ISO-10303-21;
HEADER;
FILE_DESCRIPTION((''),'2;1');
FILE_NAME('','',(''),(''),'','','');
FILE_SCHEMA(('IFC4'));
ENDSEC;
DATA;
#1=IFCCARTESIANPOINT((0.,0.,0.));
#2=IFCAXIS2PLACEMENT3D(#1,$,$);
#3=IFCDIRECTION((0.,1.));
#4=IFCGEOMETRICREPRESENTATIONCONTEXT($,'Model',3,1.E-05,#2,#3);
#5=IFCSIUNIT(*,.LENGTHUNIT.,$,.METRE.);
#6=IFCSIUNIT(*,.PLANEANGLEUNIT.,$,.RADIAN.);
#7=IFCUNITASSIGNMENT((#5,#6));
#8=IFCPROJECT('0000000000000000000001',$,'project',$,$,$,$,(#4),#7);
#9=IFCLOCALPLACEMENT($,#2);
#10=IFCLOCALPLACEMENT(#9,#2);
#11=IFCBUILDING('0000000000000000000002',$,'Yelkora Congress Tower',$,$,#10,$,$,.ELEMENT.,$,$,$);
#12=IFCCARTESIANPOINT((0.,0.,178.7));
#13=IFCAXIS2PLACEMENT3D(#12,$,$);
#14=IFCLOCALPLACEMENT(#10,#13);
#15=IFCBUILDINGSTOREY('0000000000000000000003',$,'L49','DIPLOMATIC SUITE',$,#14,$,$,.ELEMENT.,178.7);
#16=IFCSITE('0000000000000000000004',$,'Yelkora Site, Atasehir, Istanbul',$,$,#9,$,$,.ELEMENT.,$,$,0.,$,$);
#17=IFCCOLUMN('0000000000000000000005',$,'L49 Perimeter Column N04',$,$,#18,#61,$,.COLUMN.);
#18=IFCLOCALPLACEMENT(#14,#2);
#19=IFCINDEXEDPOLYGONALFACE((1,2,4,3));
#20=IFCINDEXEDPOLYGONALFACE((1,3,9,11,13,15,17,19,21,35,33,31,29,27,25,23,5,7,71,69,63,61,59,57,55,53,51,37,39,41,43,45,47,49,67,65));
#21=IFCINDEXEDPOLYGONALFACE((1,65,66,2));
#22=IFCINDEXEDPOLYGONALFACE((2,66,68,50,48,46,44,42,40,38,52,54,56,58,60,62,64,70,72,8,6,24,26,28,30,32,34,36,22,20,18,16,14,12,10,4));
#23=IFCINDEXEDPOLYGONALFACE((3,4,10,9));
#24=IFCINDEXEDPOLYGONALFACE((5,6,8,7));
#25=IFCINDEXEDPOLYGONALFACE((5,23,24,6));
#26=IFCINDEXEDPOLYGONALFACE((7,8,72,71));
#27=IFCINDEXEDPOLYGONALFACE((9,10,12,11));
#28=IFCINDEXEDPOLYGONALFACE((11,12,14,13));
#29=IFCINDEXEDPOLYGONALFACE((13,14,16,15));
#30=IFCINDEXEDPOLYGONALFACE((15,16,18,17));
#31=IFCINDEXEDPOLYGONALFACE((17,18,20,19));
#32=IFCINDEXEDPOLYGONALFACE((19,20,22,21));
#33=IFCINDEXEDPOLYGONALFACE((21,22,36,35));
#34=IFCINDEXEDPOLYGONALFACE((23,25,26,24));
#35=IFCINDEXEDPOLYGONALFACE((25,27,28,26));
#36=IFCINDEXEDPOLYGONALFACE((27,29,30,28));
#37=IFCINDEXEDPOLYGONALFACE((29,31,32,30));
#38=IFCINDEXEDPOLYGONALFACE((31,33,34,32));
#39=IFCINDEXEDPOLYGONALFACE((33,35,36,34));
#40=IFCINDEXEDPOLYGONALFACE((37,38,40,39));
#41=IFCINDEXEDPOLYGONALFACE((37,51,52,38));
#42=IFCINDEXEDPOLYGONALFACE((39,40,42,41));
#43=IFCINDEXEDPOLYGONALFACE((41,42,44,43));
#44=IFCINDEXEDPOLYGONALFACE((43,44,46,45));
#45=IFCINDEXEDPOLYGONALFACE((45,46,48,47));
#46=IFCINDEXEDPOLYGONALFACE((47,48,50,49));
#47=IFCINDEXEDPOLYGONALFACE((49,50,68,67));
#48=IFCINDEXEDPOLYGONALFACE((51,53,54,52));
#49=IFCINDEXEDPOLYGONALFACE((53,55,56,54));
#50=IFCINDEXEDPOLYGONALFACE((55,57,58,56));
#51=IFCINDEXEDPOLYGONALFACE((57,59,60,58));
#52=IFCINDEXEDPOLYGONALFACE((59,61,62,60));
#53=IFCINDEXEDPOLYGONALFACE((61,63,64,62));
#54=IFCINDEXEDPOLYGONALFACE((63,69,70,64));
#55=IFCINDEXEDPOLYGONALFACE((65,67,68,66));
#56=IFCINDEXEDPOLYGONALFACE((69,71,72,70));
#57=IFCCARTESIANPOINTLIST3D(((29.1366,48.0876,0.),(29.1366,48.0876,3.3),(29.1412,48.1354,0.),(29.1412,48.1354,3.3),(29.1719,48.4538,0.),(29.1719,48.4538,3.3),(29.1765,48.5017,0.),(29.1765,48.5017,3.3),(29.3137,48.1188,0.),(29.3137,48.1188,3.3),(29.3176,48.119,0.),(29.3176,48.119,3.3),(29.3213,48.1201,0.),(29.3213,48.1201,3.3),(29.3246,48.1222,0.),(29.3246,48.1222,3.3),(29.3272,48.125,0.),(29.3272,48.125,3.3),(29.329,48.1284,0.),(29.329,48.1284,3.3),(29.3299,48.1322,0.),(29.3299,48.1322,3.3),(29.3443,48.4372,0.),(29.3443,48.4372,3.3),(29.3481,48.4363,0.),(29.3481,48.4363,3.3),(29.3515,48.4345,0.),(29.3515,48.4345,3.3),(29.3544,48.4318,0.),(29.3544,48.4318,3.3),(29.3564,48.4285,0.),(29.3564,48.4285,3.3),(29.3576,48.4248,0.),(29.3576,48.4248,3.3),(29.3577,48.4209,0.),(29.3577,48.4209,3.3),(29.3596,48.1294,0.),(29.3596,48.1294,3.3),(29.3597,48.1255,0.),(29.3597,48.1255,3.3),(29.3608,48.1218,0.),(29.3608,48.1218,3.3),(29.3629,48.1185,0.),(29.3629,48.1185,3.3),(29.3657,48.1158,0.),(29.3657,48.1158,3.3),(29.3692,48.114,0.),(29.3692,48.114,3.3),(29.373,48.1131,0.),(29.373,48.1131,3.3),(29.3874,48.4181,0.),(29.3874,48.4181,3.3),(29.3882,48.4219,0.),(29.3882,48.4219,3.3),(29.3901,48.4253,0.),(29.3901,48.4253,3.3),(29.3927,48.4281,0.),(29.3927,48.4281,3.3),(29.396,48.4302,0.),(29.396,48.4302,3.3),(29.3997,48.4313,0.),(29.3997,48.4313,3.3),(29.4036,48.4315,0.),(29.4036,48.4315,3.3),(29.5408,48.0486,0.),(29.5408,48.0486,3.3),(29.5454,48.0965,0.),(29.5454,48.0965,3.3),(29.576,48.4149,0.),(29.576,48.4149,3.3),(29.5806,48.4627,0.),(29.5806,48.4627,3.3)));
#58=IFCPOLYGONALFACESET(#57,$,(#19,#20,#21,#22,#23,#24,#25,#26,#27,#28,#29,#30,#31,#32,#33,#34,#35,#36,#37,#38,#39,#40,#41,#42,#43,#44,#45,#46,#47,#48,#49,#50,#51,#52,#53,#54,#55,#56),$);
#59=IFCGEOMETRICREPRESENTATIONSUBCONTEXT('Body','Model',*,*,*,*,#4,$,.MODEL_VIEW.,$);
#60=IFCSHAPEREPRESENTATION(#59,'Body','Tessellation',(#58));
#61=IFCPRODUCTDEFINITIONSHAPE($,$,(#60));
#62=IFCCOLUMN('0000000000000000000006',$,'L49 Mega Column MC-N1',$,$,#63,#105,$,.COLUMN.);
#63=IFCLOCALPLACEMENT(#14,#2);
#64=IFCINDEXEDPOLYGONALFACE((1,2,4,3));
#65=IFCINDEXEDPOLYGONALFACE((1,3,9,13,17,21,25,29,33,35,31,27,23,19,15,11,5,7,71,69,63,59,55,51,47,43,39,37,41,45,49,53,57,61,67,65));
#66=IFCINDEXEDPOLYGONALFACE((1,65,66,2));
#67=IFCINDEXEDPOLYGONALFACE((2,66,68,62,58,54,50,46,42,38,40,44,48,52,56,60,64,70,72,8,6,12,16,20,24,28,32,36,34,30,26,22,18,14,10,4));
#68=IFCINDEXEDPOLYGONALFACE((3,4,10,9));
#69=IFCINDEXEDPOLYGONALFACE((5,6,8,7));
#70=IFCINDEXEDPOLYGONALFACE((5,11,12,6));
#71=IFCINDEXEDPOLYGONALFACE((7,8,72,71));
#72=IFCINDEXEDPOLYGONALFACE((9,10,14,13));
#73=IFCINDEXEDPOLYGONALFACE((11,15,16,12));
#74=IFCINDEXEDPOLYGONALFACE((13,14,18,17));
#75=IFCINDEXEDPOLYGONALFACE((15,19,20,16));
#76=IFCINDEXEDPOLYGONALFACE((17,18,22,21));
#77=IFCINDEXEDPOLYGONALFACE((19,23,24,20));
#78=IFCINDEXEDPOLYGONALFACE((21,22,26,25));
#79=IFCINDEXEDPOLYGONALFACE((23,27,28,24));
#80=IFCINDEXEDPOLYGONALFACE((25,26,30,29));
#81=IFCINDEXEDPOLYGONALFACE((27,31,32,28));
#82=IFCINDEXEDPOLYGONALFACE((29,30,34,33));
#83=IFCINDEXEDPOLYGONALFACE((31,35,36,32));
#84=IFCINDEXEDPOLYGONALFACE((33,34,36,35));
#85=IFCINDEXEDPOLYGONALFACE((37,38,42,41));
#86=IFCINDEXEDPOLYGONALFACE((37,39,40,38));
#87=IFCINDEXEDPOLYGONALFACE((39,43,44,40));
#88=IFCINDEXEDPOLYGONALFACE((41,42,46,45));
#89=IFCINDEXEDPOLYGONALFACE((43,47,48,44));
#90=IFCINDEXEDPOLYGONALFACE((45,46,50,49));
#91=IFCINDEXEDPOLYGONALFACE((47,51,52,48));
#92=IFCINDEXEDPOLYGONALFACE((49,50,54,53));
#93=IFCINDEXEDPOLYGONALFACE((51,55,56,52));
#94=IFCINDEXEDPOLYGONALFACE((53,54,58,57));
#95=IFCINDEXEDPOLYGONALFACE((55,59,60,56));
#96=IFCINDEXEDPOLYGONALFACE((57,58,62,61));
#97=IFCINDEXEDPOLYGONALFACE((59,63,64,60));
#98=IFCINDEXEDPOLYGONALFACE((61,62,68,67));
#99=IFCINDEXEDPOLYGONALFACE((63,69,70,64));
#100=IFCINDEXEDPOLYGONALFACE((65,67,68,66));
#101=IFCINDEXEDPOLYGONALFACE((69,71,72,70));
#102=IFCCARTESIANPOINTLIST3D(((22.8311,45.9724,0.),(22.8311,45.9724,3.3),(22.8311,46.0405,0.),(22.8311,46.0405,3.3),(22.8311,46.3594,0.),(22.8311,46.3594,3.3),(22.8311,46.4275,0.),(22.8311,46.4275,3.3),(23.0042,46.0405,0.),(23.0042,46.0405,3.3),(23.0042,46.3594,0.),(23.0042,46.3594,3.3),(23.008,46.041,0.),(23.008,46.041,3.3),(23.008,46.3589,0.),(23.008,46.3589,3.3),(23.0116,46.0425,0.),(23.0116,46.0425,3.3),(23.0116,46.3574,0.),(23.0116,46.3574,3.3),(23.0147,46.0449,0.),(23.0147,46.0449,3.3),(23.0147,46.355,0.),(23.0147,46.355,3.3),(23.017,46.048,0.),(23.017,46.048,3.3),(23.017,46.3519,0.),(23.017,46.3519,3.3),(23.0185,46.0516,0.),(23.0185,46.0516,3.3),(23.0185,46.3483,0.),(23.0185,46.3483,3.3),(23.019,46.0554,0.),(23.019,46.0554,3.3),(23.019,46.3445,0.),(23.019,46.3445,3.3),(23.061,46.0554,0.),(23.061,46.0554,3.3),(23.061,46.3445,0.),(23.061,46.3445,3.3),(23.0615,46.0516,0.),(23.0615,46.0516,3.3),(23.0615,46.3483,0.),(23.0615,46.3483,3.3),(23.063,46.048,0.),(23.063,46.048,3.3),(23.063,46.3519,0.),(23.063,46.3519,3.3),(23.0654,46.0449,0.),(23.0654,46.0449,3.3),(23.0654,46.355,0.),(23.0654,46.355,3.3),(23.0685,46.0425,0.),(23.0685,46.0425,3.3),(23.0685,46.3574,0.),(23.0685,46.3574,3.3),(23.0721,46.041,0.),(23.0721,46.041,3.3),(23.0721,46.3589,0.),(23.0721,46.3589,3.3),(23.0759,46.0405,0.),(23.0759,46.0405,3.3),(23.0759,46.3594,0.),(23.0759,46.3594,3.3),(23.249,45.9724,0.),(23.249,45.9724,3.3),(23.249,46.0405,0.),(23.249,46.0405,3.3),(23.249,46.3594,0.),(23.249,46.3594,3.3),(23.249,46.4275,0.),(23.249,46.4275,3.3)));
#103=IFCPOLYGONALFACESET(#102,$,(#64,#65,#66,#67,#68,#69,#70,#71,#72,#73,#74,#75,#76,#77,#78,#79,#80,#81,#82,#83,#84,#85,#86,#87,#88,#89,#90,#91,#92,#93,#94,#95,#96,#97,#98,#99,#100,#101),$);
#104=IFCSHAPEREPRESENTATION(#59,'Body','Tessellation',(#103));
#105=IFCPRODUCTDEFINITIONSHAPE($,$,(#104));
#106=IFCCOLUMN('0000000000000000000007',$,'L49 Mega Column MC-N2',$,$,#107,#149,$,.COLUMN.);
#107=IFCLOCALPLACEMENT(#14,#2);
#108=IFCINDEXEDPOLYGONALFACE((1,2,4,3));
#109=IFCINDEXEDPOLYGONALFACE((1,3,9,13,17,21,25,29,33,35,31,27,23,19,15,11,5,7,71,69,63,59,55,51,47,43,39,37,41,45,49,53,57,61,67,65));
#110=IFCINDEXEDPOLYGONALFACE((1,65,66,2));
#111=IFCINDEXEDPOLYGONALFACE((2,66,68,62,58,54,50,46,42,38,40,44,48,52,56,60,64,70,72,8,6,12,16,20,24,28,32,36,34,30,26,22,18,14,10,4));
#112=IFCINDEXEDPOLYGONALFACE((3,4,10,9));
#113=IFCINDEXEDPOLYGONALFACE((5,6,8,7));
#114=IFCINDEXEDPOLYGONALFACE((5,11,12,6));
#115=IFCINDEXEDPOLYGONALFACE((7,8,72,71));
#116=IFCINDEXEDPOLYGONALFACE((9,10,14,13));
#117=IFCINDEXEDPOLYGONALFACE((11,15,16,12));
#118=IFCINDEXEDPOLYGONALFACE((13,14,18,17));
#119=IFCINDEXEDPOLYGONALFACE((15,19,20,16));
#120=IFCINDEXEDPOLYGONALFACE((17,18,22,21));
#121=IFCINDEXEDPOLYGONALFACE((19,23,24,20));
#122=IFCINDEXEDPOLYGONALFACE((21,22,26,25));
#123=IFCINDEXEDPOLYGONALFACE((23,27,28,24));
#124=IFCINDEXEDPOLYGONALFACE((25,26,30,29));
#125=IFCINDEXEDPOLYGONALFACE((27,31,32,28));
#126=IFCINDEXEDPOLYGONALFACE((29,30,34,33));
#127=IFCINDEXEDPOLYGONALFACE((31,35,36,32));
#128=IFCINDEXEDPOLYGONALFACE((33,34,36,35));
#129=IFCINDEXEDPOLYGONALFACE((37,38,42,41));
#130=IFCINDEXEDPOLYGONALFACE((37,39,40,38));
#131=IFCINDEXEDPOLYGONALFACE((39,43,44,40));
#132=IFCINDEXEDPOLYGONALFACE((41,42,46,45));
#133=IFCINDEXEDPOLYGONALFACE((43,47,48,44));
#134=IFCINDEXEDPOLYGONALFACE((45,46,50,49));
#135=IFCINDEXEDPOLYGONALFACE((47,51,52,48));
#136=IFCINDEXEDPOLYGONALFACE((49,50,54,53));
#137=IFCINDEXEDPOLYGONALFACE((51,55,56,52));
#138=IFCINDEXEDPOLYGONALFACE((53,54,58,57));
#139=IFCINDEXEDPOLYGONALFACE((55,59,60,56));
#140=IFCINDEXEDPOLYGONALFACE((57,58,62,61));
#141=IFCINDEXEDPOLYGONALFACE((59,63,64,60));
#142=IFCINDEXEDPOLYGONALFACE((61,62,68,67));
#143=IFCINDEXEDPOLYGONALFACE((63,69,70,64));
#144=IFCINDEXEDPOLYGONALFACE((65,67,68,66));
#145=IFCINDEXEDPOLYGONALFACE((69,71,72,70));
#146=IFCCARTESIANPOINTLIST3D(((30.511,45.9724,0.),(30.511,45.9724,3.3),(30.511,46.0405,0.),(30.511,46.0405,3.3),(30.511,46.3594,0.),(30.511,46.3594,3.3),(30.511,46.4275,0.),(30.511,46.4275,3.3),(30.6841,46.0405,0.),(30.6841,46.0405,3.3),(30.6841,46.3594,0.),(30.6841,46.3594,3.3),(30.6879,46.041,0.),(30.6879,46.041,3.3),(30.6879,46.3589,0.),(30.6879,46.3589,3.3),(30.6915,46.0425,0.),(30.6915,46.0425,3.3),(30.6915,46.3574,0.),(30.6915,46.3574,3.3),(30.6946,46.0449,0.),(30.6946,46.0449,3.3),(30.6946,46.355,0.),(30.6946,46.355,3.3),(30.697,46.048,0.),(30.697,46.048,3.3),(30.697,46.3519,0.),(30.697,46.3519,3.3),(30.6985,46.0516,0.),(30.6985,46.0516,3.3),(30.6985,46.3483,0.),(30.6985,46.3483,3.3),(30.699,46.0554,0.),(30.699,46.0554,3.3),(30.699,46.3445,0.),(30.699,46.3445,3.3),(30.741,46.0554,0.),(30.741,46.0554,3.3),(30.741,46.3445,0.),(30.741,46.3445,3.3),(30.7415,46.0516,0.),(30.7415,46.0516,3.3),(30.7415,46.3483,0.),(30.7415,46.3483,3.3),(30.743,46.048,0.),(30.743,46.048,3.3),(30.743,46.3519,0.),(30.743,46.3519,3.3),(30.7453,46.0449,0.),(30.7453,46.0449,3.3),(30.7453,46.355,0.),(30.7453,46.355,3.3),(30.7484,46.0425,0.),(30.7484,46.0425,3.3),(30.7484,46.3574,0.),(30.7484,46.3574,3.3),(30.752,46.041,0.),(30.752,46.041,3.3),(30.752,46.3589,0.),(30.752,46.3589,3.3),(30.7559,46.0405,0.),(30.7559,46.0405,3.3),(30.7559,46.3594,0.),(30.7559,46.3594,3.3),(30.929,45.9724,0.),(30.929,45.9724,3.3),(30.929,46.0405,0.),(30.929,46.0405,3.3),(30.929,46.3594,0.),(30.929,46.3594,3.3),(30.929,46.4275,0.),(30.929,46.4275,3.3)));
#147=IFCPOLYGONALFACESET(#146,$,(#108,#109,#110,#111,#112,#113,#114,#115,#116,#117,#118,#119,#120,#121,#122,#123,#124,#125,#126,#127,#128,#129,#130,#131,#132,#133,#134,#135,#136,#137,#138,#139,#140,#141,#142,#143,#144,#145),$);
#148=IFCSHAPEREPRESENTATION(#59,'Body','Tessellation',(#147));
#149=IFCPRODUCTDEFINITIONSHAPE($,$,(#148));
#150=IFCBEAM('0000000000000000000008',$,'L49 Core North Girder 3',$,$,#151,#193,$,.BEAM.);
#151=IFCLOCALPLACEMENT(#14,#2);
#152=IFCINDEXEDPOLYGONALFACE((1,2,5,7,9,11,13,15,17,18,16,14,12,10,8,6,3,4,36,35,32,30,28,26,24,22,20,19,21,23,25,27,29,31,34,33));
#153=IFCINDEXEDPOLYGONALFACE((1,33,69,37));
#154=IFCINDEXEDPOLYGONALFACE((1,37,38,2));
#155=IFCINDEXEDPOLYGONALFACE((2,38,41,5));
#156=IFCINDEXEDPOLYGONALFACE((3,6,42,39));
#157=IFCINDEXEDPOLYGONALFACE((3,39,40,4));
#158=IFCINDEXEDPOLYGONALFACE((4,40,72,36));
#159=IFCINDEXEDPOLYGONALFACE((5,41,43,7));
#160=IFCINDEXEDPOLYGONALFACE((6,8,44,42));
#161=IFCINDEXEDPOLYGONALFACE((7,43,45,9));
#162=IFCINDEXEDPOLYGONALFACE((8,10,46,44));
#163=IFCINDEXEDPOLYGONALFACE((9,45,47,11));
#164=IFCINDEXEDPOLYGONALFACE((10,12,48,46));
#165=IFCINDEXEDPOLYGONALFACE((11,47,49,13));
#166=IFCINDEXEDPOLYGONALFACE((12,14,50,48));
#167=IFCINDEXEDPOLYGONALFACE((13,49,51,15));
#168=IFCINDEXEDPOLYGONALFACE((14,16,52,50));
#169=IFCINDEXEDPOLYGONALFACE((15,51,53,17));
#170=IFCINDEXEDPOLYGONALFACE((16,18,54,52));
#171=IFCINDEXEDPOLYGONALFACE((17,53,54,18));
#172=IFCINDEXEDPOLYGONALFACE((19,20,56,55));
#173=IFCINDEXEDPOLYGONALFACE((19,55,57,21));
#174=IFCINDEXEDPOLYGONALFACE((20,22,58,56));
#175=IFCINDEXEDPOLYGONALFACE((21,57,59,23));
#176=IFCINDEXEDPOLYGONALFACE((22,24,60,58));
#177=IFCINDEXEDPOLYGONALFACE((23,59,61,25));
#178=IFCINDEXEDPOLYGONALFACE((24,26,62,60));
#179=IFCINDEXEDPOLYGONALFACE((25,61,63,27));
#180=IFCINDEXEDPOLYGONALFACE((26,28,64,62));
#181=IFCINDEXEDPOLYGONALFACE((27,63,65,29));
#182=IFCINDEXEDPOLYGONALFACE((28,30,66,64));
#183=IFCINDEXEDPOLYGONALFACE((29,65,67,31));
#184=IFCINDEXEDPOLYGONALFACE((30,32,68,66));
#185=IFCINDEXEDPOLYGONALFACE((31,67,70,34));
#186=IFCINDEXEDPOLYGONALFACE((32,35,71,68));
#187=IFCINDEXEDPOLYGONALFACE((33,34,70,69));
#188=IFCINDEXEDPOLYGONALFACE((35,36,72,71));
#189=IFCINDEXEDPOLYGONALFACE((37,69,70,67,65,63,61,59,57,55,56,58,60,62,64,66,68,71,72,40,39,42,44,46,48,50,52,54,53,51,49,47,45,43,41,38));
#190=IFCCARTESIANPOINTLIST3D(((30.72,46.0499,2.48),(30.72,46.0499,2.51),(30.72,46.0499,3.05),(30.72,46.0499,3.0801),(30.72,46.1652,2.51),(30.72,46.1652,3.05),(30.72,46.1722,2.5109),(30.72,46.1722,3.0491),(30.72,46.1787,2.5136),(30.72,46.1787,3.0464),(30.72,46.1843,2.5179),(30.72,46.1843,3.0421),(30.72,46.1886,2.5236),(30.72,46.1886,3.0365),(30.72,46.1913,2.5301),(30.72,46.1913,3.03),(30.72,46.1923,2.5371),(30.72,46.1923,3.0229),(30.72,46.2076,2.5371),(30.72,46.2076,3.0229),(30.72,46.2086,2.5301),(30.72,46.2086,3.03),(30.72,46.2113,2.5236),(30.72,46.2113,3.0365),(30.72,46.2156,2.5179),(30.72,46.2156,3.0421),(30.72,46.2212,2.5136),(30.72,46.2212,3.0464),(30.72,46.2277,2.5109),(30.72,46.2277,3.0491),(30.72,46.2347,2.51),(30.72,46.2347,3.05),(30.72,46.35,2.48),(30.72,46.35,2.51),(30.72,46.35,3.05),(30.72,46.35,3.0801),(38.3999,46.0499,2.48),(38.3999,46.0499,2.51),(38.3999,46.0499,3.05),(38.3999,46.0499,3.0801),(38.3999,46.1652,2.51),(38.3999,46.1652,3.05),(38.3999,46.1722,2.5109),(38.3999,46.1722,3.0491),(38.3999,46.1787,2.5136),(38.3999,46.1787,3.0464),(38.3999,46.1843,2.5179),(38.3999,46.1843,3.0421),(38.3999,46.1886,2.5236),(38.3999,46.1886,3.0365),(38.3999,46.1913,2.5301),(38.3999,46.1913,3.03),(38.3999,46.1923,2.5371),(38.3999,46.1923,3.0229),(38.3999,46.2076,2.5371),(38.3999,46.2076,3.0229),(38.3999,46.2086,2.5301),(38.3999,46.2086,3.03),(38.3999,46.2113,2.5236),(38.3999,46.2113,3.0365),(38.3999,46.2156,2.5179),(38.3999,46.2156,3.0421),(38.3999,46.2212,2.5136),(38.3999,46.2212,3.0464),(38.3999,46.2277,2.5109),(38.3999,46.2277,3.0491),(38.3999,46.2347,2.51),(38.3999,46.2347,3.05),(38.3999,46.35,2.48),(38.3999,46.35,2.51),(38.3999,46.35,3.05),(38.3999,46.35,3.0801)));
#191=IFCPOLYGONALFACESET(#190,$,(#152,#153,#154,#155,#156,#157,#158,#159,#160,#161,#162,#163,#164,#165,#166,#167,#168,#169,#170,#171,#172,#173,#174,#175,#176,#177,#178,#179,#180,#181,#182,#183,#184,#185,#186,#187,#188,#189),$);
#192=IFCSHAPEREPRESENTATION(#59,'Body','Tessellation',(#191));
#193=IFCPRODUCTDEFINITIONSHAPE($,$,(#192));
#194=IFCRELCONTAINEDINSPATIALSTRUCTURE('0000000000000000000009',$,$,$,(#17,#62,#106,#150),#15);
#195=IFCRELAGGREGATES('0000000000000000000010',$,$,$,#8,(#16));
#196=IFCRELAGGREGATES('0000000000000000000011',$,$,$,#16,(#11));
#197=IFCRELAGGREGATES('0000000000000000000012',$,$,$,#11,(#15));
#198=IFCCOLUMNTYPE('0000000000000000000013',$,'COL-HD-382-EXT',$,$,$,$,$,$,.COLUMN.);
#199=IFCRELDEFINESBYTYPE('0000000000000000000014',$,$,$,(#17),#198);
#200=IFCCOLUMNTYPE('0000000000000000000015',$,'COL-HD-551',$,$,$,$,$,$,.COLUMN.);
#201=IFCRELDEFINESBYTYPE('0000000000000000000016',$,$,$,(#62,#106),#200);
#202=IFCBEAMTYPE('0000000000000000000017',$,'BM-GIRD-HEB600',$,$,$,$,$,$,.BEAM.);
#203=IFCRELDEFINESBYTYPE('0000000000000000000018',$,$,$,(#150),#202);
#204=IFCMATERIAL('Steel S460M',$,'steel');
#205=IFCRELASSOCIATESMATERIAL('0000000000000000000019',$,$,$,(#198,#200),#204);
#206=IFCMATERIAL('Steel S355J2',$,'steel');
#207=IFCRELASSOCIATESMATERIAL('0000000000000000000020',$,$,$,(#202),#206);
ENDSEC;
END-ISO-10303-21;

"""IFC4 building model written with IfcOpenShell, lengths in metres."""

from ifc_helpers import new_model, si_unit, direction, frame, origin, origin_2d, place, context, subcontext, project, spatial, i_section, extrude, material, material_profile, profile_set, type_object, element, save


model = new_model("IFC4")

# Units and contexts
model_context = context("Model", 3, precision=1e-05, world=origin(), true_north=direction((0.0, 1.0)))
body_context = subcontext(model_context, "Body", "Model", "MODEL_VIEW")
ifc_project = project(units=[si_unit("LENGTHUNIT", "METRE"), si_unit("PLANEANGLEUNIT", "RADIAN")], contexts=[model_context])

# Site, building, storey
site_placement = place(None, origin())
site = spatial("IfcSite", under=ifc_project, at=site_placement, Name="Yelkora Site, Atasehir, Istanbul", CompositionType="ELEMENT", RefElevation=0.0)
building_placement = place(site_placement, origin())
building = spatial("IfcBuilding", under=site, at=building_placement, Name="Yelkora Congress Tower", CompositionType="ELEMENT")
storey_placement = place(building_placement, frame((0.0, 0.0, 178.7)))
storey = spatial("IfcBuildingStorey", under=building, at=storey_placement, Name="L49", Description="DIPLOMATIC SUITE", CompositionType="ELEMENT", Elevation=178.7)

# Columns
ifc_material_1 = material(Name="Steel S460M", Category="steel")
ifc_material_profile_1 = material_profile(ifc_material_1, i_section(OverallWidth=0.406, OverallDepth=0.416, WebThickness=0.0298, FlangeThickness=0.0481, FilletRadius=0.0149, at=origin_2d()), Name="HD 400x382")
ifc_profile_set_1 = profile_set([ifc_material_profile_1], Name="Steel S460M")
column_type_1 = type_object("IfcColumnType", Name="COL-HD-382-EXT", PredefinedType="COLUMN", material=ifc_profile_set_1)
column_placement = place(storey_placement, frame((29.3586, 48.2751, 0.0), z_axis=(0.0, 0.0, 1.0), x_axis=(0.995396, -0.095846, 0.0)))
element("IfcColumn", 1, at=column_placement, inside=storey, type_object=column_type_1, Name="L49 Perimeter Column N04", PredefinedType="COLUMN", context=body_context, shape_type="SweptSolid", body=[
    extrude(i_section(OverallWidth=0.406, OverallDepth=0.416, WebThickness=0.0298, FlangeThickness=0.0481, FilletRadius=0.0149, at=origin_2d()), origin(), (0.0, 0.0, 1.0), 3.3),
])
ifc_material_profile_2 = material_profile(ifc_material_1, i_section(OverallWidth=0.418, OverallDepth=0.4551, WebThickness=0.042, FlangeThickness=0.0681, FilletRadius=0.0149, at=origin_2d()), Name="HD 400x551")
ifc_profile_set_2 = profile_set([ifc_material_profile_2], Name="Steel S460M")
column_type_2 = type_object("IfcColumnType", Name="COL-HD-551", PredefinedType="COLUMN", material=ifc_profile_set_2)
for number, where, z_axis, x_axis, name in (
    (2, (23.04, 46.2, 0.0), (0.0, 0.0, 1.0), (1.0, 0.0, 0.0), "L49 Mega Column MC-N1"),
    (3, (30.72, 46.2, 0.0), (0.0, 0.0, 1.0), (1.0, 0.0, 0.0), "L49 Mega Column MC-N2"),
):
    element("IfcColumn", number, at=place(storey_placement, frame(where, z_axis=z_axis, x_axis=x_axis)), inside=storey, type_object=column_type_2, Name=name, PredefinedType="COLUMN", context=body_context, shape_type="SweptSolid", body=[
        extrude(i_section(OverallWidth=0.418, OverallDepth=0.4551, WebThickness=0.042, FlangeThickness=0.0681, FilletRadius=0.0149, at=origin_2d()), origin(), (0.0, 0.0, 1.0), 3.3),
    ])

# Beam
ifc_material_2 = material(Name="Steel S355J2", Category="steel")
ifc_material_profile_3 = material_profile(ifc_material_2, i_section(OverallWidth=0.3, OverallDepth=0.6001, WebThickness=0.0154, FlangeThickness=0.03, FilletRadius=0.0271, at=origin_2d()), Name="HEB 600")
ifc_profile_set_3 = profile_set([ifc_material_profile_3], Name="Steel S355J2")
beam_type_1 = type_object("IfcBeamType", Name="BM-GIRD-HEB600", PredefinedType="BEAM", material=ifc_profile_set_3)
beam_1_placement = place(storey_placement, frame((30.72, 46.2, 2.78), z_axis=(1.0, 0.0, 0.0), x_axis=(0.0, 1.0, 0.0)))
element("IfcBeam", 4, at=beam_1_placement, inside=storey, type_object=beam_type_1, Name="L49 Core North Girder 3", PredefinedType="BEAM", context=body_context, shape_type="SweptSolid", body=[
    extrude(i_section(OverallWidth=0.3, OverallDepth=0.6001, WebThickness=0.0154, FlangeThickness=0.03, FilletRadius=0.0271, at=origin_2d()), origin(), (0.0, 0.0, 1.0), 7.6799),
])

save(model, "model.ifc")
